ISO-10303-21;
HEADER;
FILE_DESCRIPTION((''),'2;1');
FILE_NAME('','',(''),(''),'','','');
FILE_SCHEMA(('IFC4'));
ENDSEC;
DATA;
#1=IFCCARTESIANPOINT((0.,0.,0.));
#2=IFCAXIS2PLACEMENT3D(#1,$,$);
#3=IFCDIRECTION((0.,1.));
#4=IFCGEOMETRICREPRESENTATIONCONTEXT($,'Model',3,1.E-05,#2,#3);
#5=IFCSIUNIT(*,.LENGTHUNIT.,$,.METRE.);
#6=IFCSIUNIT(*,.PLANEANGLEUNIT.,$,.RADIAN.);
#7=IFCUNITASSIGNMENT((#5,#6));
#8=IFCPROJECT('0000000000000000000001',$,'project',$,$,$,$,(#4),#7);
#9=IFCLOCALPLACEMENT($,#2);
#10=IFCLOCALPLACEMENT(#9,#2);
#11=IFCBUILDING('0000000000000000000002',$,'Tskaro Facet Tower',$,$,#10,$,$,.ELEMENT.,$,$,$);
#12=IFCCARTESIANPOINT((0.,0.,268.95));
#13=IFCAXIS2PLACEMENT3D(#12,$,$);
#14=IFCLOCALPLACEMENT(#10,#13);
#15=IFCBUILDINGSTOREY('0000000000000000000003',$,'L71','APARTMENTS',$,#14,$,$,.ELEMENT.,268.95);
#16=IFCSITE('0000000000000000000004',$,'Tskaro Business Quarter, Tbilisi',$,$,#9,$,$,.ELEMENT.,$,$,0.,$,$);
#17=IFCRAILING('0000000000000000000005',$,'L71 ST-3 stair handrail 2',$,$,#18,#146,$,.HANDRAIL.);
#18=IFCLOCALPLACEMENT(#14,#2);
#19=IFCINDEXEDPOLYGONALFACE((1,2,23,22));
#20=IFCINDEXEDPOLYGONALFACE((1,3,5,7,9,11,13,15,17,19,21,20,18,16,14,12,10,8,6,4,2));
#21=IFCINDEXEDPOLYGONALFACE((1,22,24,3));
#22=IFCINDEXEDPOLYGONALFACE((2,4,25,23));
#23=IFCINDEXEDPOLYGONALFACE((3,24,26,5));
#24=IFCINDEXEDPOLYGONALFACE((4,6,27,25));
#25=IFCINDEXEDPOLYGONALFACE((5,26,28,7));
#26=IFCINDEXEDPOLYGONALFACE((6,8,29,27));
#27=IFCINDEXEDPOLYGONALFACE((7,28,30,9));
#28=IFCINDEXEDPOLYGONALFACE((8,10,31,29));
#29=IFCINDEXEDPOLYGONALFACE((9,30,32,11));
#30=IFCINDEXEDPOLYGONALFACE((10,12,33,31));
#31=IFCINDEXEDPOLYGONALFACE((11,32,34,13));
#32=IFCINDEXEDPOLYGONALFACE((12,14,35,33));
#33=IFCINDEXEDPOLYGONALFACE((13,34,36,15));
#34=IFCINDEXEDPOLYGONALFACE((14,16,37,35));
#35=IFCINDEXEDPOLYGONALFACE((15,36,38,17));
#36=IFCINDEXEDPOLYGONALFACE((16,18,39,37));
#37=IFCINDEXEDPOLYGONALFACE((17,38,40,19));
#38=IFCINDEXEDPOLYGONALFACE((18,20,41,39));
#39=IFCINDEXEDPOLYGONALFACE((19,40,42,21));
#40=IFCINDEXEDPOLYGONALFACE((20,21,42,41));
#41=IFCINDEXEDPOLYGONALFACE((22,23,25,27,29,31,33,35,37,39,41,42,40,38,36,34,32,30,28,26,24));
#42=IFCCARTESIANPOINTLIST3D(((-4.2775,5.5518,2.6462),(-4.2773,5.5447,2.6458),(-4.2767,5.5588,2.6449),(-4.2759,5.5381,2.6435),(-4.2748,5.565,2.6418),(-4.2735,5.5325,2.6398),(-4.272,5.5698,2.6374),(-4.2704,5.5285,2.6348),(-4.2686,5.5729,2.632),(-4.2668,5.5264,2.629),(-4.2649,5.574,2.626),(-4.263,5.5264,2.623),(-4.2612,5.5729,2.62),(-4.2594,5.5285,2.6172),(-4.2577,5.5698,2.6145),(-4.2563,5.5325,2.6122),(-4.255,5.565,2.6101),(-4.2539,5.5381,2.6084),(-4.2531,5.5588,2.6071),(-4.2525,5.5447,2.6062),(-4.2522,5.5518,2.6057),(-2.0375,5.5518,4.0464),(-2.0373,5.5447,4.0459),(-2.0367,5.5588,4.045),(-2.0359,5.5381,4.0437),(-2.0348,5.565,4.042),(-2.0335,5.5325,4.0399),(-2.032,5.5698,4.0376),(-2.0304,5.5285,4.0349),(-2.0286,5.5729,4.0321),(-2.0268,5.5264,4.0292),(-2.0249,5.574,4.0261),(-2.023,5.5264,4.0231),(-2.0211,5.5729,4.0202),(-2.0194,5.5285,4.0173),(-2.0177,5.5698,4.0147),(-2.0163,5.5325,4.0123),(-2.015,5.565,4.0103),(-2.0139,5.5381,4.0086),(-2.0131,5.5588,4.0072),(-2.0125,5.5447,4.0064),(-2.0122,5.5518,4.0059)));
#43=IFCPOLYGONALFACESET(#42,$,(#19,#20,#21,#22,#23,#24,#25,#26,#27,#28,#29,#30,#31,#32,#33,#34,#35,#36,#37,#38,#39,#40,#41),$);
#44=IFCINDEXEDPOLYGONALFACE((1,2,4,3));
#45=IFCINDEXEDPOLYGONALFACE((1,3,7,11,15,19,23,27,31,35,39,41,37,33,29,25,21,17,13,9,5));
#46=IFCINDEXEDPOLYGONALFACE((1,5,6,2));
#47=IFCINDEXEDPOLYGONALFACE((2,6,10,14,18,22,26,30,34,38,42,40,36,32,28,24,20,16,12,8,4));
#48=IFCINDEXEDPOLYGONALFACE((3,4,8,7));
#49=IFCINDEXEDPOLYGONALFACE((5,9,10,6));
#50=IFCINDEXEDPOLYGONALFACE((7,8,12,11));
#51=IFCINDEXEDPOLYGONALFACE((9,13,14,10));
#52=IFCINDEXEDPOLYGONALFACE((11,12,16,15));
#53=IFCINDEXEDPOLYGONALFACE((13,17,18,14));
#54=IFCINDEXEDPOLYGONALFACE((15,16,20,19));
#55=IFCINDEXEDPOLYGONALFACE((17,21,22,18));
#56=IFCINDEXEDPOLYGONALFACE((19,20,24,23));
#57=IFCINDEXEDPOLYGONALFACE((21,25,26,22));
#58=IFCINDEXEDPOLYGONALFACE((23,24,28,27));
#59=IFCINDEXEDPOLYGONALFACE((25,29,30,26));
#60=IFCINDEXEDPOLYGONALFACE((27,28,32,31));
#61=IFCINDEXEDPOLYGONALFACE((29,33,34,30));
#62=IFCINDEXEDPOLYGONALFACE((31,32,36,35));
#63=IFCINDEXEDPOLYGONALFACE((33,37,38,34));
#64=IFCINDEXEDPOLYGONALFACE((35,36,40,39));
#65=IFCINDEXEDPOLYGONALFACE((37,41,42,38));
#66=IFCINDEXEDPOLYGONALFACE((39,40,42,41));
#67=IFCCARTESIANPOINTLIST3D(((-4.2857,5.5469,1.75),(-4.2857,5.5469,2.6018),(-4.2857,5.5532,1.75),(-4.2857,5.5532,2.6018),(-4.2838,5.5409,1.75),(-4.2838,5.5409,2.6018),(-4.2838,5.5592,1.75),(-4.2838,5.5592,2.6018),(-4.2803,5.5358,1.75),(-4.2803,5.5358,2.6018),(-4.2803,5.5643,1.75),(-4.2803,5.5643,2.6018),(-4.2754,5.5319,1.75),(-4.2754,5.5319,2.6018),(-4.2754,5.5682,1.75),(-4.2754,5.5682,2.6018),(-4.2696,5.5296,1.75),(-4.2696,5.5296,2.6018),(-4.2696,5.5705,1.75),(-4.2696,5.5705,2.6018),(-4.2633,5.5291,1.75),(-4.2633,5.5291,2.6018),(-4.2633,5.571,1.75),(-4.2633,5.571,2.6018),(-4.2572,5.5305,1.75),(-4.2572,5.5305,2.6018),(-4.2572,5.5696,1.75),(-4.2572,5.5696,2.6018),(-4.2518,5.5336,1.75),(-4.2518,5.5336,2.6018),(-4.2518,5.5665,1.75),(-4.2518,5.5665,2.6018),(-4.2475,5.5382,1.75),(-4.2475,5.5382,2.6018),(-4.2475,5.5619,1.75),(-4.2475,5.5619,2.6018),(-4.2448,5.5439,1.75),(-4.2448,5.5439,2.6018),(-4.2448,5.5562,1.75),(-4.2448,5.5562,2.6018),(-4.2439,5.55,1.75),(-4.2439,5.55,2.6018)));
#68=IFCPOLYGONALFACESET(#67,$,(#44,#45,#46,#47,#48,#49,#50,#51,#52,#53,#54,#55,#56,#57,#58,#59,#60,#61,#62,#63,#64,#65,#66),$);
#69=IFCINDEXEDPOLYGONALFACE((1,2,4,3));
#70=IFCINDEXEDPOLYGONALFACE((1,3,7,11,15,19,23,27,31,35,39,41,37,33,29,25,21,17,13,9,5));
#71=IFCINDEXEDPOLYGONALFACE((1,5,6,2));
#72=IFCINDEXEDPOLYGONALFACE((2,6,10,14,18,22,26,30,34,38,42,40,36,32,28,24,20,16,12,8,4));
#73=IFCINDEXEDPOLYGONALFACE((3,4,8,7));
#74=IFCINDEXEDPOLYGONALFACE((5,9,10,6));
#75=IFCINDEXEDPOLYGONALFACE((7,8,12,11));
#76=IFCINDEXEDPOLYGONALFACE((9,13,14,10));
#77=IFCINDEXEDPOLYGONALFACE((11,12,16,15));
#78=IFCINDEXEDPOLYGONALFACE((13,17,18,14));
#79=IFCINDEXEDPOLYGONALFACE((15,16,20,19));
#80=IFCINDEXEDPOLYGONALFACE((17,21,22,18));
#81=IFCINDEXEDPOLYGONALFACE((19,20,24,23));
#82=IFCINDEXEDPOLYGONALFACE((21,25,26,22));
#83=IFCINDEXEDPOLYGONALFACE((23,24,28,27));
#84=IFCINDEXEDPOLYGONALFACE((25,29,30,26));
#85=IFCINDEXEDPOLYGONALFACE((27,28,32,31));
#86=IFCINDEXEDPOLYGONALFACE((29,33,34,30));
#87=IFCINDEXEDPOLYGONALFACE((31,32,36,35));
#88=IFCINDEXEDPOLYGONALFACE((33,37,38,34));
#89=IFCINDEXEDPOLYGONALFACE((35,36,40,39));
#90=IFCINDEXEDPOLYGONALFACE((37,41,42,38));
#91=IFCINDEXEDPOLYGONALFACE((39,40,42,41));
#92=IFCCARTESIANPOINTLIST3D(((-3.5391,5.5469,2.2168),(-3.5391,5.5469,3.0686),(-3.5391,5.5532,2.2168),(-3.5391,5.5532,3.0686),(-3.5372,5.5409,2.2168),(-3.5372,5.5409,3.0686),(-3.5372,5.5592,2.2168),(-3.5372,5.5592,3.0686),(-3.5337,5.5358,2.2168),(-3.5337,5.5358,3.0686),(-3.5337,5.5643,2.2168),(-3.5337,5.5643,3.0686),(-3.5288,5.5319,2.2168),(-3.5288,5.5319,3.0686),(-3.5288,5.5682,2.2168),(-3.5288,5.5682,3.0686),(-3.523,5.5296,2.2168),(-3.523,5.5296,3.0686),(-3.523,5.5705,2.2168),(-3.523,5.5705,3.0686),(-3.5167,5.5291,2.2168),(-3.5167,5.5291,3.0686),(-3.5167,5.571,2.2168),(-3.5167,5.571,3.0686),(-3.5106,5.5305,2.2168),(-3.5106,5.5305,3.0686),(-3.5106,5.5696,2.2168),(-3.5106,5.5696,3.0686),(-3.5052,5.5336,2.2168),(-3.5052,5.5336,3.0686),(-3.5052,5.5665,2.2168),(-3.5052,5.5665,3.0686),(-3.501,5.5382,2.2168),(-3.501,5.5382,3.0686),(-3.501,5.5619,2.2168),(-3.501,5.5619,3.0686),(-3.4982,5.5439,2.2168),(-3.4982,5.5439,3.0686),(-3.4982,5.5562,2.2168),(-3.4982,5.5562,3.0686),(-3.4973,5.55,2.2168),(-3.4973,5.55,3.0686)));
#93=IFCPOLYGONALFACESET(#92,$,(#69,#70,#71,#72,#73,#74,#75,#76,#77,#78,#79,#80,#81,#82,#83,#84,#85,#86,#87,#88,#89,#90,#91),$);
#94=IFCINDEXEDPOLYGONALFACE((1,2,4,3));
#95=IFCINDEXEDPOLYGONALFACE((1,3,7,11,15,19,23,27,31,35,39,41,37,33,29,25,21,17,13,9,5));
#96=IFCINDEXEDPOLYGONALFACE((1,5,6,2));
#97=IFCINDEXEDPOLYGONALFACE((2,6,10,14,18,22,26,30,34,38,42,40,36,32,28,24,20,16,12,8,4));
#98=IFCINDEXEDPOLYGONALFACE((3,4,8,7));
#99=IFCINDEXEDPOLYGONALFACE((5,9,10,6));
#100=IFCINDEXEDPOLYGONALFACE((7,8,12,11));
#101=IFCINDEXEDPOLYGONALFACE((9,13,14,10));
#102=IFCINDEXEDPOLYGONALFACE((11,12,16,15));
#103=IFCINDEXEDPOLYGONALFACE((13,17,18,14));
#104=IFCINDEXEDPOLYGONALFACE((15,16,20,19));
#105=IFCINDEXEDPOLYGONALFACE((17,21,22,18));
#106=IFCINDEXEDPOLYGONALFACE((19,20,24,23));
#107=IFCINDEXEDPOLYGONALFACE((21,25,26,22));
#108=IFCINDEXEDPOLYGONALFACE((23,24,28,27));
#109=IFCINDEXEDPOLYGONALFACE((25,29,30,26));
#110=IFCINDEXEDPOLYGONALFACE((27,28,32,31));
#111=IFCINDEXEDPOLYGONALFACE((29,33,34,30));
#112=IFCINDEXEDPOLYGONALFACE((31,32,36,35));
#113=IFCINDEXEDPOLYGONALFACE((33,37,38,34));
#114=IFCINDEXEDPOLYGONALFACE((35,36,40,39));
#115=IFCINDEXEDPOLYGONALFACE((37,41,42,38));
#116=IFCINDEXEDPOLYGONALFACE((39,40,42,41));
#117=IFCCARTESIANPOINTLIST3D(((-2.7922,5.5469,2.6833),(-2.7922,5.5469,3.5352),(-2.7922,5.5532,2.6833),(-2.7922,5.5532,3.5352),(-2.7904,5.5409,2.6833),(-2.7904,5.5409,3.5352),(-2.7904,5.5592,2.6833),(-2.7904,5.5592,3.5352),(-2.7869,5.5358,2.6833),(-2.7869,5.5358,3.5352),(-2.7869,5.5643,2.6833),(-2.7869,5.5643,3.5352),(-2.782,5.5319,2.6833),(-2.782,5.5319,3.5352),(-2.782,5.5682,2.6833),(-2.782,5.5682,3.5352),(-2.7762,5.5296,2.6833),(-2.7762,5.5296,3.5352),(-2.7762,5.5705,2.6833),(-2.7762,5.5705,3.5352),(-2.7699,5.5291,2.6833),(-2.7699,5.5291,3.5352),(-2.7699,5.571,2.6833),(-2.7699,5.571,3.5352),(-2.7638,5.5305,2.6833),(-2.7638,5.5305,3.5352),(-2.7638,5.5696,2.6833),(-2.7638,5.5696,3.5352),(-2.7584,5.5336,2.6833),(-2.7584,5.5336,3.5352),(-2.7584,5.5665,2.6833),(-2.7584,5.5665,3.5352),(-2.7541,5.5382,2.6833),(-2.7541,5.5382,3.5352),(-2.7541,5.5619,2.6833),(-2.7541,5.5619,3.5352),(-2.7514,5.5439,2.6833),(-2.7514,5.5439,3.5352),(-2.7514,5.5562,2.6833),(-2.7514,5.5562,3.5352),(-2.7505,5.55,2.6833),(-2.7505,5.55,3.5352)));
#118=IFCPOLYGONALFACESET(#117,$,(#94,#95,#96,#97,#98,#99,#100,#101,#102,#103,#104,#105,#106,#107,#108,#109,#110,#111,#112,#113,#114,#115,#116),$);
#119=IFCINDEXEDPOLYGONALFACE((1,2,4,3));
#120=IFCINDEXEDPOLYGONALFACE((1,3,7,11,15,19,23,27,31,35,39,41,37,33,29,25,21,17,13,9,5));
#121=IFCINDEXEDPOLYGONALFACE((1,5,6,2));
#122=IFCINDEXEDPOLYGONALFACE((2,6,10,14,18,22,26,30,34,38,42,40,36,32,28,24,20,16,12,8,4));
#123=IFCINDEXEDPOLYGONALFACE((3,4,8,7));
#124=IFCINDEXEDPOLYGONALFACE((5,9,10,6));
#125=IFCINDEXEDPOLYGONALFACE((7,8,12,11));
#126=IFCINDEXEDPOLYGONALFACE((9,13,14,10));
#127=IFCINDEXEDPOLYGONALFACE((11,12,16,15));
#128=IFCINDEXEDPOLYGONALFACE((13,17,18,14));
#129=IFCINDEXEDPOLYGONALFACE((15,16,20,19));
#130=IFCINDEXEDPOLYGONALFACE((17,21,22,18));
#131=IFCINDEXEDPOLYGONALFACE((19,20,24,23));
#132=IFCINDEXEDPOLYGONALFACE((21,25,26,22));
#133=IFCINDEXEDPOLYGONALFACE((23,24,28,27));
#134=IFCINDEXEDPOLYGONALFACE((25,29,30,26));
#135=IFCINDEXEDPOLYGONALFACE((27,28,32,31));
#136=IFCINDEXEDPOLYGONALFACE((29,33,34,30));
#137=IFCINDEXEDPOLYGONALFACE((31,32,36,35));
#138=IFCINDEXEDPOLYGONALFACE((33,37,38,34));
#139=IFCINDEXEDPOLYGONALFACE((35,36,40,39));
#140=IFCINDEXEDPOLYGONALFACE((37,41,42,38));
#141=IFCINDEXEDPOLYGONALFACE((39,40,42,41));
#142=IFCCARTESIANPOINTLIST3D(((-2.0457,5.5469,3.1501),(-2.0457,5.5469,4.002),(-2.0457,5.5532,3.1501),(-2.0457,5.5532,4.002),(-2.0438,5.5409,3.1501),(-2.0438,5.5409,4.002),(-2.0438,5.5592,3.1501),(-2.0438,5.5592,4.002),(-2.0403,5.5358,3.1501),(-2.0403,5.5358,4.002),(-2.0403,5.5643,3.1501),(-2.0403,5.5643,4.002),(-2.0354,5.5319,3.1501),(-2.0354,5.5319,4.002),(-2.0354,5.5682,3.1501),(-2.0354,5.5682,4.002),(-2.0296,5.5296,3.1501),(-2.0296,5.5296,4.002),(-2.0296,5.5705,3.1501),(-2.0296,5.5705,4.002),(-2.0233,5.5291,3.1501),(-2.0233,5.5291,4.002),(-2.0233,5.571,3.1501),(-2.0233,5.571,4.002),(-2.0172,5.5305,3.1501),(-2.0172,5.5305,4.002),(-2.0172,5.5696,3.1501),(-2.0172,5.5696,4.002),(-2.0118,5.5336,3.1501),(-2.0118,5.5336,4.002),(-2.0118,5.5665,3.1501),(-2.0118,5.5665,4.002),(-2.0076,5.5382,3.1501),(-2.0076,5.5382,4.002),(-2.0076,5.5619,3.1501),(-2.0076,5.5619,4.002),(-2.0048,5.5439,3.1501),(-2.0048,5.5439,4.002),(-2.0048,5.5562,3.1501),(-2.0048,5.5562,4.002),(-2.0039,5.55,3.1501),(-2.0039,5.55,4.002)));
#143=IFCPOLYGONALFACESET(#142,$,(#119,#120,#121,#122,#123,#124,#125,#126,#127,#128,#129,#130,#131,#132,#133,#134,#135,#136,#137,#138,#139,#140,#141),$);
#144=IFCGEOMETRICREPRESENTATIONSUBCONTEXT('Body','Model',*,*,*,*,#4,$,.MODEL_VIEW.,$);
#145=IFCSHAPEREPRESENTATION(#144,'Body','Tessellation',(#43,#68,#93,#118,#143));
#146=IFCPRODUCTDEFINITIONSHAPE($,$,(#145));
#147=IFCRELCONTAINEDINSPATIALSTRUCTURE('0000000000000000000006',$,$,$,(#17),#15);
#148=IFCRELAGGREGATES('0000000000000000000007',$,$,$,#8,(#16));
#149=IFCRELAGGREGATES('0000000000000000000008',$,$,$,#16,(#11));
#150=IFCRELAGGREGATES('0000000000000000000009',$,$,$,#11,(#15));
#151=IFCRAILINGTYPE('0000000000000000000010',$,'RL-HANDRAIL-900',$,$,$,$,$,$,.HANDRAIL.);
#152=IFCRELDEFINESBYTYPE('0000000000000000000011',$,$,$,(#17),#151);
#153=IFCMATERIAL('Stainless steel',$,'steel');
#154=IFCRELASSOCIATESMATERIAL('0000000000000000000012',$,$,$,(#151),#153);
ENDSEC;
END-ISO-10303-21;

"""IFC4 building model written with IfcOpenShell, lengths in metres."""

from ifc_helpers import new_model, si_unit, direction, frame, origin, origin_2d, place, context, subcontext, project, spatial, circle, extrude, material, type_object, element, save


model = new_model("IFC4")

# Units and contexts
model_context = context("Model", 3, precision=1e-05, world=origin(), true_north=direction((0.0, 1.0)))
body_context = subcontext(model_context, "Body", "Model", "MODEL_VIEW")
ifc_project = project(units=[si_unit("LENGTHUNIT", "METRE"), si_unit("PLANEANGLEUNIT", "RADIAN")], contexts=[model_context])

# Site, building, storey
site_placement = place(None, origin())
site = spatial("IfcSite", under=ifc_project, at=site_placement, Name="Tskaro Business Quarter, Tbilisi", CompositionType="ELEMENT", RefElevation=0.0)
building_placement = place(site_placement, origin())
building = spatial("IfcBuilding", under=site, at=building_placement, Name="Tskaro Facet Tower", CompositionType="ELEMENT")
storey_placement = place(building_placement, frame((0.0, 0.0, 268.95)))
storey = spatial("IfcBuildingStorey", under=building, at=storey_placement, Name="L71", Description="APARTMENTS", CompositionType="ELEMENT", Elevation=268.95)

# Railing
ifc_material_1 = material(Name="Stainless steel", Category="steel")
railing_type_1 = type_object("IfcRailingType", Name="RL-HANDRAIL-900", PredefinedType="HANDRAIL", material=ifc_material_1)
railing_1_placement = place(storey_placement, frame((-4.2649, 5.55, 1.75)))
element("IfcRailing", 1, at=railing_1_placement, inside=storey, type_object=railing_type_1, Name="L71 ST-3 stair handrail 2", PredefinedType="HANDRAIL", context=body_context, shape_type="SweptSolid", body=[
    extrude(circle(Radius=0.0239, at=origin_2d()), frame((0.0, 0.0, 0.876), z_axis=(0.847972, 0.0, 0.53004), x_axis=(0.0, 1.0, 0.0)), (0.0, 0.0, 1.0), 2.6416),
    extrude(circle(Radius=0.021, at=origin_2d()), origin(), (0.0, 0.0, 1.0), 0.8518),
    extrude(circle(Radius=0.021, at=origin_2d()), frame((0.7466, 0.0, 0.4668)), (0.0, 0.0, 1.0), 0.8518),
    extrude(circle(Radius=0.021, at=origin_2d()), frame((1.4934, 0.0, 0.9333)), (0.0, 0.0, 1.0), 0.8518),
    extrude(circle(Radius=0.021, at=origin_2d()), frame((2.24, 0.0, 1.4001)), (0.0, 0.0, 1.0), 0.8518),
])

save(model, "model.ifc")
